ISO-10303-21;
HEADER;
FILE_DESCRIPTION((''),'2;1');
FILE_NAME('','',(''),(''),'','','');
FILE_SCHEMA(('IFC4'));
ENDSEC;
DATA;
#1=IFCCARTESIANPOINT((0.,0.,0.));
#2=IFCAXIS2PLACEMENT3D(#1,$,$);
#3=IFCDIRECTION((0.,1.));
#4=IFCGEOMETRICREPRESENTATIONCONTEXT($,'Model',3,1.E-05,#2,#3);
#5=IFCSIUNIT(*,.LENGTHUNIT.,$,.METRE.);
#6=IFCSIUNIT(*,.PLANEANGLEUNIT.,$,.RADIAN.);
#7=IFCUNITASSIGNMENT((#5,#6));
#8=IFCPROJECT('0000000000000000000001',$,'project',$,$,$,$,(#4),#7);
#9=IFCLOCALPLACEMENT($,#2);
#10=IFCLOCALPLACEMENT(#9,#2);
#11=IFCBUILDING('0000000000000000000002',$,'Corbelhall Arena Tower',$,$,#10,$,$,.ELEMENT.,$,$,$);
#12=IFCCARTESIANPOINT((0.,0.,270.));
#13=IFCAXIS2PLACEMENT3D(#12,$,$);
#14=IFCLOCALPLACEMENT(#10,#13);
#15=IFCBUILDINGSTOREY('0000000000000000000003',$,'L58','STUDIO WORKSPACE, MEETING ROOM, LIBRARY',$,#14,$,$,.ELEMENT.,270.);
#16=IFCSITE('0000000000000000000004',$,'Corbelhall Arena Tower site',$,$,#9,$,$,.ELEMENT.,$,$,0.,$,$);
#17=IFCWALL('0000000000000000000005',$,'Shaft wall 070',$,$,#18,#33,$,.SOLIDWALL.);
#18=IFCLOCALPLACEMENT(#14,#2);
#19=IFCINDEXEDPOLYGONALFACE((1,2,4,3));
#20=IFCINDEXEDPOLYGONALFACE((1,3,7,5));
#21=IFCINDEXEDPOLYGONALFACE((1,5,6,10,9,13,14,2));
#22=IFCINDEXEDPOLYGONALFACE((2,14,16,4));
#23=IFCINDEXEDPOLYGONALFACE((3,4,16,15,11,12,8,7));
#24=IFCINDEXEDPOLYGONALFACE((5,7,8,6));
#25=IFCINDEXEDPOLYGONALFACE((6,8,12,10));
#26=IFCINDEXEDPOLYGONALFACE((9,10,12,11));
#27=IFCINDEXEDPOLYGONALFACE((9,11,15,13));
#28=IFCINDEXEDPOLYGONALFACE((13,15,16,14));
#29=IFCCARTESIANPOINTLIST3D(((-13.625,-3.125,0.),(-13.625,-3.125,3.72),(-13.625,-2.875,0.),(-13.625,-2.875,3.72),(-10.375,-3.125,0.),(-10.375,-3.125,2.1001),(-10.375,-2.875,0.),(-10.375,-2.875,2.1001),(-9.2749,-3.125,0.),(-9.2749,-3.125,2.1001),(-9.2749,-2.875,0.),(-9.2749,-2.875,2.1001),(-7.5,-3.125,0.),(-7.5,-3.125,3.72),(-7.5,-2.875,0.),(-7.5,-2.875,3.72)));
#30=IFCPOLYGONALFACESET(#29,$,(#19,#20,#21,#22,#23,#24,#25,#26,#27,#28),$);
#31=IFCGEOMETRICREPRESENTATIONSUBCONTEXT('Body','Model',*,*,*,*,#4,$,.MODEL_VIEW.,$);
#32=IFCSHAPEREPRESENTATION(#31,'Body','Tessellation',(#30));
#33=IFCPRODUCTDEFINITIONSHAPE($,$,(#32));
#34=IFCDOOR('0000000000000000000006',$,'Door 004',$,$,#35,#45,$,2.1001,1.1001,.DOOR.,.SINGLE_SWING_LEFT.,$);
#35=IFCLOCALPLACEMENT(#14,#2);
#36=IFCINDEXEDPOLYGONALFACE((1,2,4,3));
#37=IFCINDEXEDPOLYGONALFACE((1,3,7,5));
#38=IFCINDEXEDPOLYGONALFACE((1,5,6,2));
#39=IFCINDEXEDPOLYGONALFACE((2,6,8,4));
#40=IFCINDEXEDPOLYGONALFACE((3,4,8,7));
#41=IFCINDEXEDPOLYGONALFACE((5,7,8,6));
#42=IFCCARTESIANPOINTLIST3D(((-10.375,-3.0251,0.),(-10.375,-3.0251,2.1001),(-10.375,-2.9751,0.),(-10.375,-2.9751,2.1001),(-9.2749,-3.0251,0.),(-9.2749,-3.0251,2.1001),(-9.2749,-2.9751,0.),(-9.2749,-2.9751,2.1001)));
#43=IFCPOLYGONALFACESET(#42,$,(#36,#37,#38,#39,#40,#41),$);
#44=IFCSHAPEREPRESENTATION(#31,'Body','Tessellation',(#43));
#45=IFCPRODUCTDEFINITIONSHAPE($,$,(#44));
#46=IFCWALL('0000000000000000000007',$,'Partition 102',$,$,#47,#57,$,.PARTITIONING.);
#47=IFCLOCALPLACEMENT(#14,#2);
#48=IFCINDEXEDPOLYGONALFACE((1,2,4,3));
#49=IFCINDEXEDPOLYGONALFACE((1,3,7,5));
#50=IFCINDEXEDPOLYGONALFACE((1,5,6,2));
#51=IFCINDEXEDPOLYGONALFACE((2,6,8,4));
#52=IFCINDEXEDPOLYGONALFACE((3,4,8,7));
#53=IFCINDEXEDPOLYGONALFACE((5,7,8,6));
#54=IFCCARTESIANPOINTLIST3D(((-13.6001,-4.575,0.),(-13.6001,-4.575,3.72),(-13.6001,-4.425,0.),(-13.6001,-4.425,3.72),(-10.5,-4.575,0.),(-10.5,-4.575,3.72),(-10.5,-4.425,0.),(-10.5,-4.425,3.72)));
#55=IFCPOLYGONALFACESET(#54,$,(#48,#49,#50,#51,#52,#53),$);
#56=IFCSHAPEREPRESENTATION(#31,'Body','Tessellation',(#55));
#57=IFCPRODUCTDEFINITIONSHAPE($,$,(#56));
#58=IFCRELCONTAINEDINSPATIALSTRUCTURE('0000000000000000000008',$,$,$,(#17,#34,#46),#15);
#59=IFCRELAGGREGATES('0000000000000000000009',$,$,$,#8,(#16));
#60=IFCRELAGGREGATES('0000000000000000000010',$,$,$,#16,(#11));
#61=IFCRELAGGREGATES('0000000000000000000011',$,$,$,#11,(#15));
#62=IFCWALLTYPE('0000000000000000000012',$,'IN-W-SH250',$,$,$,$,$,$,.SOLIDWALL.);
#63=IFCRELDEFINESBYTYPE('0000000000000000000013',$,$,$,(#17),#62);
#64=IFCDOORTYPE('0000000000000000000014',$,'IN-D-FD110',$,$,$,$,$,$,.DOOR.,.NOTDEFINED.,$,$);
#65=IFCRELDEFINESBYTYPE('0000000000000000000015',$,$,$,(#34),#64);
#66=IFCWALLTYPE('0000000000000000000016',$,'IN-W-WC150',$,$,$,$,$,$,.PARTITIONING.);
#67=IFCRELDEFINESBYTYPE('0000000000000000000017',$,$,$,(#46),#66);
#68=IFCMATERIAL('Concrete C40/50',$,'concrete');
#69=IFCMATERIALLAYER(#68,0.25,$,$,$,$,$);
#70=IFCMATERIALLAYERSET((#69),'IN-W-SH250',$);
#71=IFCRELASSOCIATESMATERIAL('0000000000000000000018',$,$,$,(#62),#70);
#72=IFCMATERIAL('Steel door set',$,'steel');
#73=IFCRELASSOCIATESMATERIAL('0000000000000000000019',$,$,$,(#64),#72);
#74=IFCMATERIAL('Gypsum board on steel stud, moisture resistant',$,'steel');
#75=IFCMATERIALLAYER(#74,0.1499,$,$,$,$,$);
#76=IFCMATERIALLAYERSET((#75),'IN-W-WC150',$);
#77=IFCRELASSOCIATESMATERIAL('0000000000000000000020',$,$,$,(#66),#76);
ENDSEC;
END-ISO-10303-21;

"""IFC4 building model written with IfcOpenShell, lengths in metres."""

from ifc_helpers import new_model, si_unit, direction, frame, frame_2d, origin, place, context, subcontext, project, spatial, rectangle, extrude, material, layer, layer_set, type_object, element, fill, save


model = new_model("IFC4")

# Units and contexts
model_context = context("Model", 3, precision=1e-05, world=origin(), true_north=direction((0.0, 1.0)))
body_context = subcontext(model_context, "Body", "Model", "MODEL_VIEW")
ifc_project = project(units=[si_unit("LENGTHUNIT", "METRE"), si_unit("PLANEANGLEUNIT", "RADIAN")], contexts=[model_context])

# Site, building, storey
site_placement = place(None, origin())
site = spatial("IfcSite", under=ifc_project, at=site_placement, Name="Corbelhall Arena Tower site", CompositionType="ELEMENT", RefElevation=0.0)
building_placement = place(site_placement, origin())
building = spatial("IfcBuilding", under=site, at=building_placement, Name="Corbelhall Arena Tower", CompositionType="ELEMENT")
storey_placement = place(building_placement, frame((0.0, 0.0, 270.0)))
storey = spatial("IfcBuildingStorey", under=building, at=storey_placement, Name="L58", Description="STUDIO WORKSPACE, MEETING ROOM, LIBRARY", CompositionType="ELEMENT", Elevation=270.0)

# Shared definitions
ifc_material_1 = material(Name="Steel door set", Category="steel")

# Shared definitions
ifc_material_2 = material(Name="Concrete C40/50", Category="concrete")
ifc_layer_1 = layer(ifc_material_2, 0.25)
ifc_layer_set_1 = layer_set([ifc_layer_1], Name="IN-W-SH250")
wall_type_1 = type_object("IfcWallType", Name="IN-W-SH250", PredefinedType="SOLIDWALL", material=ifc_layer_set_1)

# Wall, opening, door
wall_1_placement = place(storey_placement, frame((-13.625, -3.0, 0.0), z_axis=(0.0, 0.0, 1.0), x_axis=(1.0, 0.0, 0.0)))
wall_1 = element("IfcWall", 1, at=wall_1_placement, inside=storey, type_object=wall_type_1, Name="Shaft wall 070", PredefinedType="SOLIDWALL", context=body_context, shape_type="SweptSolid", body=[
    extrude(rectangle(XDim=6.125, YDim=0.25, at=frame_2d((3.0625, 0.0))), origin(), (0.0, 0.0, 1.0), 3.72),
])
opening_1_placement = place(wall_1_placement, frame((3.25, 0.0, 0.0)))
opening_1 = element("IfcOpeningElement", 2, at=opening_1_placement, cuts=wall_1, PredefinedType="OPENING", context=body_context, shape_type="SweptSolid", body=[
    extrude(rectangle(XDim=1.1001, YDim=2.1001, at=frame_2d((0.55, 1.05))), frame((0.0, 0.125, 0.0), z_axis=(0.0, -1.0, 0.0), x_axis=(1.0, 0.0, 0.0)), (0.0, 0.0, 1.0), 0.25),
])
door_type_1 = type_object("IfcDoorType", Name="IN-D-FD110", OperationType="NOTDEFINED", PredefinedType="DOOR", material=ifc_material_1)
door_1_placement = place(opening_1_placement, origin())
door_1 = element("IfcDoor", 3, at=door_1_placement, inside=storey, type_object=door_type_1, Name="Door 004", OperationType="SINGLE_SWING_LEFT", OverallHeight=2.1001, OverallWidth=1.1001, PredefinedType="DOOR", context=body_context, shape_type="SweptSolid", body=[
    extrude(rectangle(XDim=1.1001, YDim=2.1001, at=frame_2d((0.55, 1.05))), frame((0.0, 0.0249, 0.0), z_axis=(0.0, -1.0, 0.0), x_axis=(1.0, 0.0, 0.0)), (0.0, 0.0, 1.0), 0.05),
])
fill(opening_1, door_1)

# Wall
ifc_material_3 = material(Name="Gypsum board on steel stud, moisture resistant", Category="steel")
ifc_layer_2 = layer(ifc_material_3, 0.1499)
ifc_layer_set_2 = layer_set([ifc_layer_2], Name="IN-W-WC150")
wall_type_2 = type_object("IfcWallType", Name="IN-W-WC150", PredefinedType="PARTITIONING", material=ifc_layer_set_2)
wall_2_placement = place(storey_placement, frame((-13.6001, -4.5, 0.0), z_axis=(0.0, 0.0, 1.0), x_axis=(1.0, 0.0, 0.0)))
element("IfcWall", 4, at=wall_2_placement, inside=storey, type_object=wall_type_2, Name="Partition 102", PredefinedType="PARTITIONING", context=body_context, shape_type="SweptSolid", body=[
    extrude(rectangle(XDim=3.1001, YDim=0.1499, at=frame_2d((1.55, 0.0))), origin(), (0.0, 0.0, 1.0), 3.72),
])

save(model, "model.ifc")
